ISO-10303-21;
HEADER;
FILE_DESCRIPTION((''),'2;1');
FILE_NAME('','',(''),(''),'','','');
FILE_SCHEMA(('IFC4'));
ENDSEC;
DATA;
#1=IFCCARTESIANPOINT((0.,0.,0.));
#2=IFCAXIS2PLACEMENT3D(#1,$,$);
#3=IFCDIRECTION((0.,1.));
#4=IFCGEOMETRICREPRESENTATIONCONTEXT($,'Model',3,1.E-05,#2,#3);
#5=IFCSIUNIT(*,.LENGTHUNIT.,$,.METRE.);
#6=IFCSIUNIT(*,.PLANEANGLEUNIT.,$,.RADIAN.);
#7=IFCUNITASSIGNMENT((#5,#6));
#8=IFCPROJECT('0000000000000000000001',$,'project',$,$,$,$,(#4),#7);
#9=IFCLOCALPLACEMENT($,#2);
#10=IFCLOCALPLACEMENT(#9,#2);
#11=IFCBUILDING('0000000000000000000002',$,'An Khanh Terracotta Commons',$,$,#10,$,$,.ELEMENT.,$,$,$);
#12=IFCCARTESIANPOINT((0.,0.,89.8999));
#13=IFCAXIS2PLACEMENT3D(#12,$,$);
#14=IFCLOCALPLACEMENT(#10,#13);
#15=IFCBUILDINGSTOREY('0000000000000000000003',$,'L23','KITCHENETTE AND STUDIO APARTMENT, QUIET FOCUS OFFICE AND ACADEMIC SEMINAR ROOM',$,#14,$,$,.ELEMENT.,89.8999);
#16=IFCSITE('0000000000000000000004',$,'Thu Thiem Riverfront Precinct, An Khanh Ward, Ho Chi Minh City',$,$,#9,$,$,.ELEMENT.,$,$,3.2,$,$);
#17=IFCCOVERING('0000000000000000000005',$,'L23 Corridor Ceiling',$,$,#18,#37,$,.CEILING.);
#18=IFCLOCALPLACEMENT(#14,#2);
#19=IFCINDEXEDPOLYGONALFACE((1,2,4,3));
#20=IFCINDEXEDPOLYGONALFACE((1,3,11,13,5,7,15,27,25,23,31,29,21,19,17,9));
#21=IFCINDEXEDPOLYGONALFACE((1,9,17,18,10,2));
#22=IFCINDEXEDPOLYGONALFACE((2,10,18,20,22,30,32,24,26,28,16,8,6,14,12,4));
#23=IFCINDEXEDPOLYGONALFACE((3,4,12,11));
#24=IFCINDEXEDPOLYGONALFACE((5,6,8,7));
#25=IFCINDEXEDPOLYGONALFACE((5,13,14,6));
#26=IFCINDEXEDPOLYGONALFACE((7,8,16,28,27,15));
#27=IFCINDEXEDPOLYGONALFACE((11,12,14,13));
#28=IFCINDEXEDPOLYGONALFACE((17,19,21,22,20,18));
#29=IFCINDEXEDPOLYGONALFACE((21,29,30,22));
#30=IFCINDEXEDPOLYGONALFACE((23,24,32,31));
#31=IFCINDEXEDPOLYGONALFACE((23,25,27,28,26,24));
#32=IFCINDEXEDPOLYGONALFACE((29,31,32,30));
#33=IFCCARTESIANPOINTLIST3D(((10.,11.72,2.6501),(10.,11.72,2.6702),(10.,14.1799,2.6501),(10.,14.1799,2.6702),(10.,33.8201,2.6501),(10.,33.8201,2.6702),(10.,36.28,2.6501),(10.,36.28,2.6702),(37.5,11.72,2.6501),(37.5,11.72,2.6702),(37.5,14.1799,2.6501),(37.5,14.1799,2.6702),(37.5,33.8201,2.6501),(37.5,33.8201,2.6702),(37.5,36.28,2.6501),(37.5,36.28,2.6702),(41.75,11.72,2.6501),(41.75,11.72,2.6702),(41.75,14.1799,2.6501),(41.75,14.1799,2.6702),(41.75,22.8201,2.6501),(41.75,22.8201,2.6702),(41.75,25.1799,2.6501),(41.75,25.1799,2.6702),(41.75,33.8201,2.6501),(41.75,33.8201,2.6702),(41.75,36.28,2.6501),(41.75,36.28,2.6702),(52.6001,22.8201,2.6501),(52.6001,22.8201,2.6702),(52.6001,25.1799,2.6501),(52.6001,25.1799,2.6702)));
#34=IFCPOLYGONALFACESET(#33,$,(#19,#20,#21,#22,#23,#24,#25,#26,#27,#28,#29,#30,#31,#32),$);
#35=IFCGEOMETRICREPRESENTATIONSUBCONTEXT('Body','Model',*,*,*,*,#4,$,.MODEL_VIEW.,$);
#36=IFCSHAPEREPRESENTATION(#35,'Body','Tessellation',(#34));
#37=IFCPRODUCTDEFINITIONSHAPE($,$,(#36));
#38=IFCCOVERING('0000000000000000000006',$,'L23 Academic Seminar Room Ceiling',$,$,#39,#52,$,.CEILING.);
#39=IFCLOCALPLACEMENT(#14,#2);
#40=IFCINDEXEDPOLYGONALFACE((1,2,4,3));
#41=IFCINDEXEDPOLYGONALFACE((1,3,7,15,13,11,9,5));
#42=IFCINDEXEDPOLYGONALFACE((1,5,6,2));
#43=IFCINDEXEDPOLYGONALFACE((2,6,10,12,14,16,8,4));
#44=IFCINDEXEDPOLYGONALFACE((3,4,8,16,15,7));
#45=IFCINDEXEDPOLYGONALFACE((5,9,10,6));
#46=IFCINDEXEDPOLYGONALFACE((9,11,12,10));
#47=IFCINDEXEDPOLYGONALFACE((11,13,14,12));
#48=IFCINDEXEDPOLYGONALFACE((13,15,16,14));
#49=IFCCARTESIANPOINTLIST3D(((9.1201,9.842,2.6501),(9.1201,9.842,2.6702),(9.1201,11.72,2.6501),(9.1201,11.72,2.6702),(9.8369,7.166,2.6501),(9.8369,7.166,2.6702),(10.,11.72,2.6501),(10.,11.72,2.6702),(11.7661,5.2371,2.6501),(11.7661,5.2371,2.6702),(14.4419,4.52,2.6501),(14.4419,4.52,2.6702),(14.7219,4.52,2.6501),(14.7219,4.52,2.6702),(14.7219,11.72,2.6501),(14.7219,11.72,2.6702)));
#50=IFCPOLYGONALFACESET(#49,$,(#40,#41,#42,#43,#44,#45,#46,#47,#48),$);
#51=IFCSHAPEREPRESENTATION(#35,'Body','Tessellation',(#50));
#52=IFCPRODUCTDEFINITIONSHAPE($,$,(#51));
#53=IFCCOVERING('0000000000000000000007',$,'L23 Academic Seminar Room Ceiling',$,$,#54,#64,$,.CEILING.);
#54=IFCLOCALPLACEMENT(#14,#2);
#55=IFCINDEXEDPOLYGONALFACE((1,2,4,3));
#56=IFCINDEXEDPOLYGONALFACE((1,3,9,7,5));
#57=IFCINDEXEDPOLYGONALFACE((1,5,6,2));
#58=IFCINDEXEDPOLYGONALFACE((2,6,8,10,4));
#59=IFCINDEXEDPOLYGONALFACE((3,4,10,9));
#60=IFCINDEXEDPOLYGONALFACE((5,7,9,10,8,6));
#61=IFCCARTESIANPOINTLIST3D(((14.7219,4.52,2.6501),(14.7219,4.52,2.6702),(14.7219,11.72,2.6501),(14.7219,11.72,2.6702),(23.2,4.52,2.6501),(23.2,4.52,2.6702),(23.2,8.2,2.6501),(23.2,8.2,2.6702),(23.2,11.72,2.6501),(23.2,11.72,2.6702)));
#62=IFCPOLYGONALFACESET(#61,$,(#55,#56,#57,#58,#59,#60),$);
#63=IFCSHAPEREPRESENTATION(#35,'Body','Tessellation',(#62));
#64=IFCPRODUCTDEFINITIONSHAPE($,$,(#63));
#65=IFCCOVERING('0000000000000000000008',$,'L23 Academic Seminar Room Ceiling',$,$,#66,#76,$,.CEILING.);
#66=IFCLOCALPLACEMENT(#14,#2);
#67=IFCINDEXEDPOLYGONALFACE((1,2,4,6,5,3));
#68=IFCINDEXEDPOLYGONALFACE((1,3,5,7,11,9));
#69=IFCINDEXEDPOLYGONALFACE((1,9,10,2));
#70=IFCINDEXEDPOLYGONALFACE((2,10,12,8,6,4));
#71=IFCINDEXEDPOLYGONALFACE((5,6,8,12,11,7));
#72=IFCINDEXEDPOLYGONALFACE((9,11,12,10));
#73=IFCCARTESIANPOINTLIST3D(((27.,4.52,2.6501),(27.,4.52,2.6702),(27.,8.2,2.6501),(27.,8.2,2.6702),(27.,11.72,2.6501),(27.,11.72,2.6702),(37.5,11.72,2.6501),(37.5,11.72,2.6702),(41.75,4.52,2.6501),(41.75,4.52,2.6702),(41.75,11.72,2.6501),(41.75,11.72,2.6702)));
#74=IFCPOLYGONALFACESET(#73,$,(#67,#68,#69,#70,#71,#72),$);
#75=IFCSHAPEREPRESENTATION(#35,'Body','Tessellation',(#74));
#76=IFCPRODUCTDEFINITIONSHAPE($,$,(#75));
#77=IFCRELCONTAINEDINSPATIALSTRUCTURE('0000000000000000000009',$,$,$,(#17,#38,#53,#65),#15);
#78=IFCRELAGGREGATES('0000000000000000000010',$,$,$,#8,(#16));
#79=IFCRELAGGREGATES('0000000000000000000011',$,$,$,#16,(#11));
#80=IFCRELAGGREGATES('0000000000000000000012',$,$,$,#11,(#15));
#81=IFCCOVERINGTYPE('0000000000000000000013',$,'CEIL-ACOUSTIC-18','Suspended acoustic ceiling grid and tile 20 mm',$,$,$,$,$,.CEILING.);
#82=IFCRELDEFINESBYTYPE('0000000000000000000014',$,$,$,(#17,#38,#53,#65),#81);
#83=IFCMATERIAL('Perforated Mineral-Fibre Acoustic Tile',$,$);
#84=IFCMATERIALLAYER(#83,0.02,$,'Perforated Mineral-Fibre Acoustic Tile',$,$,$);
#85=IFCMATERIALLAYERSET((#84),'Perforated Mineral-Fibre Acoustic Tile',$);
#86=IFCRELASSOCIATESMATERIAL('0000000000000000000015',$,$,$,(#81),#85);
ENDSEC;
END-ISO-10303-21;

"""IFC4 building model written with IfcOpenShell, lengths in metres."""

from ifc_helpers import new_model, si_unit, direction, frame, origin, place, context, subcontext, project, spatial, polyline, outline, extrude, material, layer, layer_set, type_object, element, save


model = new_model("IFC4")

# Units and contexts
model_context = context("Model", 3, precision=1e-05, world=origin(), true_north=direction((0.0, 1.0)))
body_context = subcontext(model_context, "Body", "Model", "MODEL_VIEW")
ifc_project = project(units=[si_unit("LENGTHUNIT", "METRE"), si_unit("PLANEANGLEUNIT", "RADIAN")], contexts=[model_context])

# Site, building, storey
site_placement = place(None, origin())
site = spatial("IfcSite", under=ifc_project, at=site_placement, Name="Thu Thiem Riverfront Precinct, An Khanh Ward, Ho Chi Minh City", CompositionType="ELEMENT", RefElevation=3.2)
building_placement = place(site_placement, origin())
building = spatial("IfcBuilding", under=site, at=building_placement, Name="An Khanh Terracotta Commons", CompositionType="ELEMENT")
storey_placement = place(building_placement, frame((0.0, 0.0, 89.8999)))
storey = spatial("IfcBuildingStorey", under=building, at=storey_placement, Name="L23", Description="KITCHENETTE AND STUDIO APARTMENT, QUIET FOCUS OFFICE AND ACADEMIC SEMINAR ROOM", CompositionType="ELEMENT", Elevation=89.8999)

# Coverings
ifc_material_1 = material(Name="Perforated Mineral-Fibre Acoustic Tile")
ifc_layer_1 = layer(ifc_material_1, 0.02, Name="Perforated Mineral-Fibre Acoustic Tile")
ifc_layer_set_1 = layer_set([ifc_layer_1], Name="Perforated Mineral-Fibre Acoustic Tile")
covering_type = type_object("IfcCoveringType", Name="CEIL-ACOUSTIC-18", Description="Suspended acoustic ceiling grid and tile 20 mm", PredefinedType="CEILING", material=ifc_layer_set_1)
covering_1_placement = place(storey_placement, frame((0.0, 0.0, 2.6501)))
element("IfcCovering", 1, at=covering_1_placement, inside=storey, type_object=covering_type, Name="L23 Corridor Ceiling", PredefinedType="CEILING", context=body_context, shape_type="SweptSolid", body=[
    extrude(outline(polyline([(10.0, 11.72), (10.0, 14.1799), (37.5, 14.1799), (37.5, 33.8201), (10.0, 33.8201), (10.0, 36.28), (37.5, 36.28), (41.75, 36.28), (41.75, 33.8201), (41.75, 25.1799), (52.6001, 25.1799), (52.6001, 22.8201), (41.75, 22.8201), (41.75, 14.1799), (41.75, 11.72), (37.5, 11.72), (10.0, 11.72)])), origin(), (0.0, 0.0, 1.0), 0.02),
])
covering_2_placement = place(storey_placement, frame((0.0, 0.0, 2.6501)))
element("IfcCovering", 2, at=covering_2_placement, inside=storey, type_object=covering_type, Name="L23 Academic Seminar Room Ceiling", PredefinedType="CEILING", context=body_context, shape_type="SweptSolid", body=[
    extrude(outline(polyline([(14.4419, 4.52), (11.7661, 5.2371), (9.8369, 7.166), (9.1201, 9.842), (9.1201, 11.72), (10.0, 11.72), (14.7219, 11.72), (14.7219, 4.52), (14.4419, 4.52)])), origin(), (0.0, 0.0, 1.0), 0.02),
])
covering_3_placement = place(storey_placement, frame((0.0, 0.0, 2.6501)))
element("IfcCovering", 3, at=covering_3_placement, inside=storey, type_object=covering_type, Name="L23 Academic Seminar Room Ceiling", PredefinedType="CEILING", context=body_context, shape_type="SweptSolid", body=[
    extrude(outline(polyline([(14.7219, 4.52), (14.7219, 11.72), (23.2, 11.72), (23.2, 8.2), (23.2, 4.52), (14.7219, 4.52)])), origin(), (0.0, 0.0, 1.0), 0.02),
])
covering_4_placement = place(storey_placement, frame((0.0, 0.0, 2.6501)))
element("IfcCovering", 4, at=covering_4_placement, inside=storey, type_object=covering_type, Name="L23 Academic Seminar Room Ceiling", PredefinedType="CEILING", context=body_context, shape_type="SweptSolid", body=[
    extrude(outline(polyline([(27.0, 4.52), (27.0, 8.2), (27.0, 11.72), (37.5, 11.72), (41.75, 11.72), (41.75, 4.52), (27.0, 4.52)])), origin(), (0.0, 0.0, 1.0), 0.02),
])

save(model, "model.ifc")
